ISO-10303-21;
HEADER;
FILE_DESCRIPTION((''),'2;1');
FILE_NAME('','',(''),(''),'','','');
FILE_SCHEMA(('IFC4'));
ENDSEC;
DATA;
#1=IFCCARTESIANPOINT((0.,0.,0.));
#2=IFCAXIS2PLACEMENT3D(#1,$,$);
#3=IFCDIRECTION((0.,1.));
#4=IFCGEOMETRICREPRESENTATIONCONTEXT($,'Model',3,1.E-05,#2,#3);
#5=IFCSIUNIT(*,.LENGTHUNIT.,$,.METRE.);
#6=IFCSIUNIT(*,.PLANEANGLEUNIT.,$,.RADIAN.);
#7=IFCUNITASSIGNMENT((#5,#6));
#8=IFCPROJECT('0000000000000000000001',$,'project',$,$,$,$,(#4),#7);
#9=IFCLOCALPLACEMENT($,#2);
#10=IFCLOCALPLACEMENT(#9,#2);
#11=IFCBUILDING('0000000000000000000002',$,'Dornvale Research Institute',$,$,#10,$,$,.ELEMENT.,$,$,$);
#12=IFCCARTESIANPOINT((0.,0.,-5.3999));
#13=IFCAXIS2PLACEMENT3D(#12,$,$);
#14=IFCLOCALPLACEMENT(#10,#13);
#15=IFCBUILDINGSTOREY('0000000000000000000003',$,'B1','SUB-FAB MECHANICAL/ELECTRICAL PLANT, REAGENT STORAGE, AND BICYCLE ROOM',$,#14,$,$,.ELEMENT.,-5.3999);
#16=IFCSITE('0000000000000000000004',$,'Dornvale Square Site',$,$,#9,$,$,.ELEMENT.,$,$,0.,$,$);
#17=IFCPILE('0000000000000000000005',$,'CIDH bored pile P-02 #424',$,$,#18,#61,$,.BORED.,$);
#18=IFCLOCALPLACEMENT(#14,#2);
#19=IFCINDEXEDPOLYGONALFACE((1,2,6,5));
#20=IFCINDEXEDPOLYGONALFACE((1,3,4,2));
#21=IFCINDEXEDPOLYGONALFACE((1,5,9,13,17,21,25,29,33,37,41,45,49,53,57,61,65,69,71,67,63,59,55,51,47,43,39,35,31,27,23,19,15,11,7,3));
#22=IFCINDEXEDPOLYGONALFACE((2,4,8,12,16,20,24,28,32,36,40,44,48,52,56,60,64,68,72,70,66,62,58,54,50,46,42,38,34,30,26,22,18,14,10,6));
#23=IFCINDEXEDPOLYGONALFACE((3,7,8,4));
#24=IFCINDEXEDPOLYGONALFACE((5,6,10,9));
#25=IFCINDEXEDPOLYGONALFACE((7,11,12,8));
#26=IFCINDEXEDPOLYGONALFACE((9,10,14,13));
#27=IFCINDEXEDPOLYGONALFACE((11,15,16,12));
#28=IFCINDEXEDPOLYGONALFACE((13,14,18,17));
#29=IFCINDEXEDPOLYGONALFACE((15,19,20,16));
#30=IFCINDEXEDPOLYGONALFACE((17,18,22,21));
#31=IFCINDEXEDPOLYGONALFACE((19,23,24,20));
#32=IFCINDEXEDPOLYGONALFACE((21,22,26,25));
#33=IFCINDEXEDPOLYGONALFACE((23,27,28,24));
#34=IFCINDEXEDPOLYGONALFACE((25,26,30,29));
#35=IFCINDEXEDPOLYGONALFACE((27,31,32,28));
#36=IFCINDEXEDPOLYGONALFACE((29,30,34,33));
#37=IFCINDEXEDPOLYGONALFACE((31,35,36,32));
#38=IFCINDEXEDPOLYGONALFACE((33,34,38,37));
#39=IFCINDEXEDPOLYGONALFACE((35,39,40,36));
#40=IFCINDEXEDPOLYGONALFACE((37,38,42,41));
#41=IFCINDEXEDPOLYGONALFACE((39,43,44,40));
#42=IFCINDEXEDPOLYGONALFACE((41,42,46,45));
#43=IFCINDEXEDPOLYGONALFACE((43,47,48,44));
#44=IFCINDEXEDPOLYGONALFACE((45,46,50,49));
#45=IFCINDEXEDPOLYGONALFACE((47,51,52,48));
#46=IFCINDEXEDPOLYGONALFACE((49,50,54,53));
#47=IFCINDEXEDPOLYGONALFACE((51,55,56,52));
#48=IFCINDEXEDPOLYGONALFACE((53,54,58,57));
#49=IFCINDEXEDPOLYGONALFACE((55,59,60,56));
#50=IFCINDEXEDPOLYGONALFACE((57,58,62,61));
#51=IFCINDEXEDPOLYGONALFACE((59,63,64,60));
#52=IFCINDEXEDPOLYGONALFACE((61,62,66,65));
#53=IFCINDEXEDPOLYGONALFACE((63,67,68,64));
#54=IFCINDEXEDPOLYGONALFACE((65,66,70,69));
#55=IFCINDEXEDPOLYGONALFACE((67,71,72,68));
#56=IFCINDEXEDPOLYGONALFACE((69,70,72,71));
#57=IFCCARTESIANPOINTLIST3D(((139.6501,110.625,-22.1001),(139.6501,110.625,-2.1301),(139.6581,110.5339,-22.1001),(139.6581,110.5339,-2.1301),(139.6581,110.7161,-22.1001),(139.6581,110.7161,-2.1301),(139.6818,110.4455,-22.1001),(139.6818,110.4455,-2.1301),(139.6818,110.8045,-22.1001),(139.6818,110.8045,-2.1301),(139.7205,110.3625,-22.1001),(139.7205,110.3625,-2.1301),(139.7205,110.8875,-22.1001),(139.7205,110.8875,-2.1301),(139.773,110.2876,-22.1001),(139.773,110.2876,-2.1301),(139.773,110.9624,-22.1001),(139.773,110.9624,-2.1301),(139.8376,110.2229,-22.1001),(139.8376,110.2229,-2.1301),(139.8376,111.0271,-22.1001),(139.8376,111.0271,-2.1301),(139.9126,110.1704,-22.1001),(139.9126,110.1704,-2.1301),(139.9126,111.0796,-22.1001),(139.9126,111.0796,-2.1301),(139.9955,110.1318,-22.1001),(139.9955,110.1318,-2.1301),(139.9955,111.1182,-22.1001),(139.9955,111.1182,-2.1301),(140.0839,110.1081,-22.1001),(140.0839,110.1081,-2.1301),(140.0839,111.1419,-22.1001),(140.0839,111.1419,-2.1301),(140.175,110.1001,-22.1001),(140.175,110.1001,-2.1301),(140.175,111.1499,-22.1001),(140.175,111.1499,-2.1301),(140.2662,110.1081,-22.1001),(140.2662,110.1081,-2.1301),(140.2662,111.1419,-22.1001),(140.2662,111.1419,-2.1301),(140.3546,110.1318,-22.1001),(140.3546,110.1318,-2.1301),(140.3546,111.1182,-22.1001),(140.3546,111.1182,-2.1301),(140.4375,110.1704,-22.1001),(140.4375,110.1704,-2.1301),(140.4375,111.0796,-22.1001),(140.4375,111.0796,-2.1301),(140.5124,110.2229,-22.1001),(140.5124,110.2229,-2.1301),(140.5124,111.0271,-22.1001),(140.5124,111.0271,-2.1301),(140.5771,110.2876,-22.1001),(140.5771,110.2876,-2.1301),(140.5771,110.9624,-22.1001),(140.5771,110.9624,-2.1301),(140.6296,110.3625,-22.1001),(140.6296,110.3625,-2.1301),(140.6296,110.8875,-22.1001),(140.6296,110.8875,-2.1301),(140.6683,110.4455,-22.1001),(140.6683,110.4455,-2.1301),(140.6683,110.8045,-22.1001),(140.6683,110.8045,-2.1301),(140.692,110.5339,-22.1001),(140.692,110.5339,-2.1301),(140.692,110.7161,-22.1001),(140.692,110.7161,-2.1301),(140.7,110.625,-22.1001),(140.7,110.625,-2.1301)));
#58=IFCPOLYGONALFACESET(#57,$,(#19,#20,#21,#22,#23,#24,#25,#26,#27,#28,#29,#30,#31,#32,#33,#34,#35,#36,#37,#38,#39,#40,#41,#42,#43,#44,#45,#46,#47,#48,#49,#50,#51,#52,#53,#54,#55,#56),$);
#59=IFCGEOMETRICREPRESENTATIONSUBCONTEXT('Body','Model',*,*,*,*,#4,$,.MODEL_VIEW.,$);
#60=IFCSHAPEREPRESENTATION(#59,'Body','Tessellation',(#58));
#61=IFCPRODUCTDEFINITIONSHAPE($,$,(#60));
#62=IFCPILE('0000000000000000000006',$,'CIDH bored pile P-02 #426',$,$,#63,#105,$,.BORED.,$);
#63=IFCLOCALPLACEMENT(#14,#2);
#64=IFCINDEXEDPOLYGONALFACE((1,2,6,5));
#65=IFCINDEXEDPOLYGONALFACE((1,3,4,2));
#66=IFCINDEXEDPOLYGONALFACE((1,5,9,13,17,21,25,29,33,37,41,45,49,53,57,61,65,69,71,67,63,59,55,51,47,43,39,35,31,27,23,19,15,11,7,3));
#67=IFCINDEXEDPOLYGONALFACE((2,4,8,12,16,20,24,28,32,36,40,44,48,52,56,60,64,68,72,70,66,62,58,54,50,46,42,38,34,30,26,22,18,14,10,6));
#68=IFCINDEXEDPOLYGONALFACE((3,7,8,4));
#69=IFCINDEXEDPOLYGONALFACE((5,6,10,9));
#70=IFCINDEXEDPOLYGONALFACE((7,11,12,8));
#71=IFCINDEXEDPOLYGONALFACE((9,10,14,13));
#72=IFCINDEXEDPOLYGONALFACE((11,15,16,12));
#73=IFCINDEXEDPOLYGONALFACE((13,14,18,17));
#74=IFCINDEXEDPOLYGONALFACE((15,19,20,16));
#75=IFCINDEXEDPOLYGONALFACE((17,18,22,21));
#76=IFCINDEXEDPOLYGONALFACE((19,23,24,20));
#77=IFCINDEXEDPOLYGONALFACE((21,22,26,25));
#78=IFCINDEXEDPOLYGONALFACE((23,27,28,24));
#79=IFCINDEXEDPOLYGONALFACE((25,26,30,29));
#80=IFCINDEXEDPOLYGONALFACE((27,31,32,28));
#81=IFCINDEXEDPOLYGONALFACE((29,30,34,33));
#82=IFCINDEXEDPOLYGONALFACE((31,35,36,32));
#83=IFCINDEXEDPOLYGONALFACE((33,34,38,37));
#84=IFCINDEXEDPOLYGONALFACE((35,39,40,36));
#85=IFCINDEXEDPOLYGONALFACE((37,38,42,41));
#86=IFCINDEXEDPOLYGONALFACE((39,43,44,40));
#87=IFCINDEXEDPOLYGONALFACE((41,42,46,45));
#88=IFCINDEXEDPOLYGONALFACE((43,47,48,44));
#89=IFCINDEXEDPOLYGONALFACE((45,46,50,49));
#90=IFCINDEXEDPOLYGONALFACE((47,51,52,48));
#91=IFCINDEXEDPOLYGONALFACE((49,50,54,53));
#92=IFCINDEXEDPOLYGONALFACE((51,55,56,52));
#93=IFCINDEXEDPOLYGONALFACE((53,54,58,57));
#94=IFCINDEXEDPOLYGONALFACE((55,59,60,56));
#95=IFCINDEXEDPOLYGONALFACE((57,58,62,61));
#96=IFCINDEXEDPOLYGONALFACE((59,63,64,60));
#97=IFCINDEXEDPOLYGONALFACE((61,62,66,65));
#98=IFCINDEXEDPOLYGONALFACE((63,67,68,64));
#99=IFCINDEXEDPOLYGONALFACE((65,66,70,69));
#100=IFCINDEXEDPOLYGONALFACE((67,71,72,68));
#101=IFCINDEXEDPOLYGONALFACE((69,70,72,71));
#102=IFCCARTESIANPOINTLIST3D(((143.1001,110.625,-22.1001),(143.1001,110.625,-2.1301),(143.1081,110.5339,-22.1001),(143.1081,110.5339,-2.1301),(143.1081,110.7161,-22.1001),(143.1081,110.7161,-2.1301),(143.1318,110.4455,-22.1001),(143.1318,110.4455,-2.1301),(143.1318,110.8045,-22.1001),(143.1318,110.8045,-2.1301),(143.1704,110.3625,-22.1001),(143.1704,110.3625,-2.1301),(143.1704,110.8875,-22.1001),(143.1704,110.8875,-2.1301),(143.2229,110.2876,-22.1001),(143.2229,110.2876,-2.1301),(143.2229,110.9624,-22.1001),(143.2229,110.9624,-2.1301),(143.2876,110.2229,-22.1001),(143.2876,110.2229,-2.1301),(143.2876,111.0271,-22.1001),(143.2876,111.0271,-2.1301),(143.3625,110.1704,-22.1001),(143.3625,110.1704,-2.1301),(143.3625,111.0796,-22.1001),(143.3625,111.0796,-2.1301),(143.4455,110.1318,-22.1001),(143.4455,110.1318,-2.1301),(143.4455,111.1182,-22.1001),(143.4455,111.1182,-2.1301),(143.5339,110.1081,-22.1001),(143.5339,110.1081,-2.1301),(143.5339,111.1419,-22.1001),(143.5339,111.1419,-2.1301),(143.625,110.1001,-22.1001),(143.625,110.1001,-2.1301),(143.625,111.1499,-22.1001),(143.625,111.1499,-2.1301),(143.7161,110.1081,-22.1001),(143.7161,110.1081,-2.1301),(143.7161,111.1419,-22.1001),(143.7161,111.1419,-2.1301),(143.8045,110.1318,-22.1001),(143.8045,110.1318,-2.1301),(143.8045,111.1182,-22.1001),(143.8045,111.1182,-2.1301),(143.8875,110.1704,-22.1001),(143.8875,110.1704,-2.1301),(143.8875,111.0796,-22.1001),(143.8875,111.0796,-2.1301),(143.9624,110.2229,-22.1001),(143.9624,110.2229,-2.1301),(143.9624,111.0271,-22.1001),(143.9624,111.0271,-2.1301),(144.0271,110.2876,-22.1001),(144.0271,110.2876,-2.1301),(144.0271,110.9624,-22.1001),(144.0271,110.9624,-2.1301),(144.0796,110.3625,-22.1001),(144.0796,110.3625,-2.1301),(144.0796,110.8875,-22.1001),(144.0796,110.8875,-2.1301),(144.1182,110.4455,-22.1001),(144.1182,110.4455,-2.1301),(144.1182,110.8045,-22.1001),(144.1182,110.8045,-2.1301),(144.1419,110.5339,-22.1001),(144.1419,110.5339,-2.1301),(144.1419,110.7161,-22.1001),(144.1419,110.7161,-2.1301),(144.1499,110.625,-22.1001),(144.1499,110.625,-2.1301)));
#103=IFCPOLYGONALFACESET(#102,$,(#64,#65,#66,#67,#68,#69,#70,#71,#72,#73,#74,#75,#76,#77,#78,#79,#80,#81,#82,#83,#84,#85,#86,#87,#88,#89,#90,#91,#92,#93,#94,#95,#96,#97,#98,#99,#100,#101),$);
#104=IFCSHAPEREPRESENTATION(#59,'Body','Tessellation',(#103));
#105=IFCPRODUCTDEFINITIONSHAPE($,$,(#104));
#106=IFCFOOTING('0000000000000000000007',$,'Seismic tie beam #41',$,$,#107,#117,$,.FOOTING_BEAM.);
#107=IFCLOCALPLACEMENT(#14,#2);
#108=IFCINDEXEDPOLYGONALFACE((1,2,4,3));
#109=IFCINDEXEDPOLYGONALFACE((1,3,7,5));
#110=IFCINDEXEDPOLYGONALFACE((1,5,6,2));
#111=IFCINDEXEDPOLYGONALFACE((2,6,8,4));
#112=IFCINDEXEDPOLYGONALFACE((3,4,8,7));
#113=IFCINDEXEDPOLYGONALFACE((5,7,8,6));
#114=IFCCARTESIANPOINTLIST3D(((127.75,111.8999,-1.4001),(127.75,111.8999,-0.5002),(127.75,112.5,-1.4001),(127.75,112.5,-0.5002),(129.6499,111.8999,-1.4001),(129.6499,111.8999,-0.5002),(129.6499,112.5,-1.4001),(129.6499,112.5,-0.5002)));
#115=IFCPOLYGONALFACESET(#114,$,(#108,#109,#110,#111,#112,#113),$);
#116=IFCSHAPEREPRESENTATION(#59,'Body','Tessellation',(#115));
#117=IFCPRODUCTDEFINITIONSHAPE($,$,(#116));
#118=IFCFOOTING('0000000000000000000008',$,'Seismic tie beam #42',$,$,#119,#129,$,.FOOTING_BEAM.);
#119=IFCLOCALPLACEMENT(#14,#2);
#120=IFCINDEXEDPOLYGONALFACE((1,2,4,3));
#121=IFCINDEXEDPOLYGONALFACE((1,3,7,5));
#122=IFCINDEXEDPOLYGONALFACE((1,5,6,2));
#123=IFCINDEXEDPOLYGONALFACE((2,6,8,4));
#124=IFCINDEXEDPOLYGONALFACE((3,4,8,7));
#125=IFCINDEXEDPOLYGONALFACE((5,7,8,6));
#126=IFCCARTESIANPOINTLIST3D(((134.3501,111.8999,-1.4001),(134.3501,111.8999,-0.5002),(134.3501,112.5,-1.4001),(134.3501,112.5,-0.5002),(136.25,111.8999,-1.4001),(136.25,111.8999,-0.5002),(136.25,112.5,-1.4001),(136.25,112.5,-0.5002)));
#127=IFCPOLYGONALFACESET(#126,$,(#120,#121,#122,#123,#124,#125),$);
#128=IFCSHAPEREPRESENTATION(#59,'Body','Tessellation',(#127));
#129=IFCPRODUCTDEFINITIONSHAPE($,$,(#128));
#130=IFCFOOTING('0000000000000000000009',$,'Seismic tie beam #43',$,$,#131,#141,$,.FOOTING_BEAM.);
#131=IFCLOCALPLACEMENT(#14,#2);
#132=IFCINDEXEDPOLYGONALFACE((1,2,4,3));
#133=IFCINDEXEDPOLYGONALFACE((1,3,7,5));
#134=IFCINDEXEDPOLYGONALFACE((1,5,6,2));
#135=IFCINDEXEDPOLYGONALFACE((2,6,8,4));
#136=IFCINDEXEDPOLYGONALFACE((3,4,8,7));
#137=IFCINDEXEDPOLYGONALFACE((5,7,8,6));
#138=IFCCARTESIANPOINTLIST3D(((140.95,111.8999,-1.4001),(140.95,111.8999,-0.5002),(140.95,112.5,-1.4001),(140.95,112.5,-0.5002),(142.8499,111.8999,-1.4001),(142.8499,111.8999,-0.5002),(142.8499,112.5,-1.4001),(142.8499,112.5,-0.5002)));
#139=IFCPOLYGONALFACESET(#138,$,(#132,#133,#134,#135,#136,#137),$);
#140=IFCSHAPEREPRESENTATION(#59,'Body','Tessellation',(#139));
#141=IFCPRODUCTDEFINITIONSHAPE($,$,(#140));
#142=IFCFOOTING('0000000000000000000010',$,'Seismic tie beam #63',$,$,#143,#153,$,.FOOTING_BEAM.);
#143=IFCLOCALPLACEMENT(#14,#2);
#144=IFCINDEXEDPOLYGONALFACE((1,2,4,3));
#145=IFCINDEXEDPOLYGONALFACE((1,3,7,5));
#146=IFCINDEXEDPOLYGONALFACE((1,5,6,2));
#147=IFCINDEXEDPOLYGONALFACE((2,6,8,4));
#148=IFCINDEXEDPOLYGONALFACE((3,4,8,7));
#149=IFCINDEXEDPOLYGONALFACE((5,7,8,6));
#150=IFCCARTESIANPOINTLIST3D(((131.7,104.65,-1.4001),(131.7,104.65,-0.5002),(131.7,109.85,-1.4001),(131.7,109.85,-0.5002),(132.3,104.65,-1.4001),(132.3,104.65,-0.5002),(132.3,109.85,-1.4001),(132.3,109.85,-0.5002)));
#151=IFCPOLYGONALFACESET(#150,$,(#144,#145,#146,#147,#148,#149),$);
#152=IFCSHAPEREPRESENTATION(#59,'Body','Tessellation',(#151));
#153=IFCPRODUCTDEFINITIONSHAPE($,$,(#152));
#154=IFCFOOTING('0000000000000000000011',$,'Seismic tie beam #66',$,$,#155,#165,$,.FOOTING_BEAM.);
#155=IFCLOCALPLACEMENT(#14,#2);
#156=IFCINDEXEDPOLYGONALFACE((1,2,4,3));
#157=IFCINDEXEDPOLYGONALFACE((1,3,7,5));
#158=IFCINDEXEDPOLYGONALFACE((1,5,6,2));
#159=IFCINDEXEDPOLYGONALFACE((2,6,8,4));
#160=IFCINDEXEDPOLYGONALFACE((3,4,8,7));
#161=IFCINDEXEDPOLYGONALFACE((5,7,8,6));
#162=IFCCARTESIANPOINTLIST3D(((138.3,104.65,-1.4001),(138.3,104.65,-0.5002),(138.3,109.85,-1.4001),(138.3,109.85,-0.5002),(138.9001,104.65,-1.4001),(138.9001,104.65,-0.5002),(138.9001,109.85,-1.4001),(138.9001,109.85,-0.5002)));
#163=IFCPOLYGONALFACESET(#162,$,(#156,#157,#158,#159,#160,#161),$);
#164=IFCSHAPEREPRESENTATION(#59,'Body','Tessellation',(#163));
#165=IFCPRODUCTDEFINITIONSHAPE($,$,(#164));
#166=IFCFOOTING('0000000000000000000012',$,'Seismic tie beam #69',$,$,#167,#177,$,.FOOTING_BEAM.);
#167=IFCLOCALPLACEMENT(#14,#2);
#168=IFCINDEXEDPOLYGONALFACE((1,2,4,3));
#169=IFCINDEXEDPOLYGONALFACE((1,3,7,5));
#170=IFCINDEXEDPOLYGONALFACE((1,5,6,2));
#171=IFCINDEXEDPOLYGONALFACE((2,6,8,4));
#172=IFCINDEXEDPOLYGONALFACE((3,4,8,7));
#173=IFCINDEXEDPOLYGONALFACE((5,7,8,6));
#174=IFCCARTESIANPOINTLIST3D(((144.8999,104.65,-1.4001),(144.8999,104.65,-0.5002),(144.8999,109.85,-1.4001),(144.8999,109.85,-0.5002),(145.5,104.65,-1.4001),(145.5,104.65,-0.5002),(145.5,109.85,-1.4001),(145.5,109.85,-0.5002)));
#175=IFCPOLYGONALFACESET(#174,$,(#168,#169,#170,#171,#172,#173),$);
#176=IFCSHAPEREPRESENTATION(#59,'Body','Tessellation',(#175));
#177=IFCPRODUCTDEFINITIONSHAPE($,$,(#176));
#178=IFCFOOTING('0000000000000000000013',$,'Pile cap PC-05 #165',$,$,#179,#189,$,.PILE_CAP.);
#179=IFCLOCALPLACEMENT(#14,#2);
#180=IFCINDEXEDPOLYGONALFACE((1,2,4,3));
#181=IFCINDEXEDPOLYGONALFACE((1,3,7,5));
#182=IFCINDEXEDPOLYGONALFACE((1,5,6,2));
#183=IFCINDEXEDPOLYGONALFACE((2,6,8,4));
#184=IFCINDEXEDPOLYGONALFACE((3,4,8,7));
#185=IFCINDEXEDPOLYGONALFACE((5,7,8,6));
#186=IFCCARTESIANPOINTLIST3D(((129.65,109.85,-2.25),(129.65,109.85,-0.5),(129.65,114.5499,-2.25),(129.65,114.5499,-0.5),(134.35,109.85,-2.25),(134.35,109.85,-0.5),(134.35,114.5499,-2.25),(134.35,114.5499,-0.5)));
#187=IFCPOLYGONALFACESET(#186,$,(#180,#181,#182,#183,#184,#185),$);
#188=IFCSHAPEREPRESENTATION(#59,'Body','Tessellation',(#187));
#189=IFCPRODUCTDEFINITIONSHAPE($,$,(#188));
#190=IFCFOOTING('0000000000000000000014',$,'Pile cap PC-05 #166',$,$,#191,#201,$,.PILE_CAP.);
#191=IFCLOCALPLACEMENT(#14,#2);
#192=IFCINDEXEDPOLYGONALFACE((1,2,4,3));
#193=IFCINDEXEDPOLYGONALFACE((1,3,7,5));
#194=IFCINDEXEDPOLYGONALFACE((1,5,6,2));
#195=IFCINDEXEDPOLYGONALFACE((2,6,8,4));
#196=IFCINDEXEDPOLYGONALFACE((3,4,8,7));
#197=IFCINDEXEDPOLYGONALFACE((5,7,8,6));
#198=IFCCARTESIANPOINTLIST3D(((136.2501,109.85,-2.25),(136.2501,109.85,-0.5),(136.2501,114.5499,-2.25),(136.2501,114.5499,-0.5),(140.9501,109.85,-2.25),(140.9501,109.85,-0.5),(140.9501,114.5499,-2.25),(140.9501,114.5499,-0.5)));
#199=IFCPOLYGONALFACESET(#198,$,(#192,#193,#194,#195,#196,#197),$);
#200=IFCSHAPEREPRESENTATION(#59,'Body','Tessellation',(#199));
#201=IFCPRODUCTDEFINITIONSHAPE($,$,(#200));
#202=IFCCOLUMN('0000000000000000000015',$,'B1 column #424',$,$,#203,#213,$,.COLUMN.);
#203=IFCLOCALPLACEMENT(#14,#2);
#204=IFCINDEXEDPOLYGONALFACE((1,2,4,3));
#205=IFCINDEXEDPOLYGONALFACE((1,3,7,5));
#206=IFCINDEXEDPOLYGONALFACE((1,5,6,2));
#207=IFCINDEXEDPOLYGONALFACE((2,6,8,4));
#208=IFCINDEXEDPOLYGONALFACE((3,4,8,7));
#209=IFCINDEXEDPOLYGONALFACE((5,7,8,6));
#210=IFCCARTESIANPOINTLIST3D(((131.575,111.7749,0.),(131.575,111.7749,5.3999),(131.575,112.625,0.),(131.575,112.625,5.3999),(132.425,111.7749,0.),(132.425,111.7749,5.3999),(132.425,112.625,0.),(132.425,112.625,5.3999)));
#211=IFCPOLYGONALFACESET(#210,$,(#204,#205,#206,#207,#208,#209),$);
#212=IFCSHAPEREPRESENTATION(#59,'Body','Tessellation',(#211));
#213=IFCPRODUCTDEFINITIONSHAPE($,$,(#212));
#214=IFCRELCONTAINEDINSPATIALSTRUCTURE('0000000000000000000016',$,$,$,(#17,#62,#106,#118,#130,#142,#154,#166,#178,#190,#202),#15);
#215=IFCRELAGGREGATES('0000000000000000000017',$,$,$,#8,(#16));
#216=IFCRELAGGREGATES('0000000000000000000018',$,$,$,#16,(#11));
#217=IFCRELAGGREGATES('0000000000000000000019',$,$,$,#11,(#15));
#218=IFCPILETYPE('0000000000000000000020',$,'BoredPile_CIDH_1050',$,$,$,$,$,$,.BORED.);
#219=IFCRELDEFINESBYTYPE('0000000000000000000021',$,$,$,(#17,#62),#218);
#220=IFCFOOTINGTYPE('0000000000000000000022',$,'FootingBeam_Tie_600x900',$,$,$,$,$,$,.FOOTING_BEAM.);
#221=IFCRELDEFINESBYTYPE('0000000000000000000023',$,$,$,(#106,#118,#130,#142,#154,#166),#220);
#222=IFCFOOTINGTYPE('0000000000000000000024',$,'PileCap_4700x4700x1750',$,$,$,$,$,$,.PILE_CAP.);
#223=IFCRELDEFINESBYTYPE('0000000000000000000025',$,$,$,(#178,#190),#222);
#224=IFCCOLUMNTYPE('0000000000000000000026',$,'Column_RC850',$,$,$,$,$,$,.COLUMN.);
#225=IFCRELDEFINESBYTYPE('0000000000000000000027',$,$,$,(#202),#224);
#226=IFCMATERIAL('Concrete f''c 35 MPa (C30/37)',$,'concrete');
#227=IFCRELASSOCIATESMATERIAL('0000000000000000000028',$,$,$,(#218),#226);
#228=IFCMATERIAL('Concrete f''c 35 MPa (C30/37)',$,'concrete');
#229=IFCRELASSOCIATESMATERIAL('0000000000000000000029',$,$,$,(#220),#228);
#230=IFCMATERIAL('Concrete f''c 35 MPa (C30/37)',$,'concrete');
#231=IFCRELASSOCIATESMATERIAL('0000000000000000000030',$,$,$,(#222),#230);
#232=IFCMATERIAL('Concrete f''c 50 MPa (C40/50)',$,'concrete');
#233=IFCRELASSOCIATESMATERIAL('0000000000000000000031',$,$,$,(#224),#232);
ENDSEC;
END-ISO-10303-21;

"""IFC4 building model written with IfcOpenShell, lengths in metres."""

from ifc_helpers import new_model, si_unit, direction, frame, origin, origin_2d, place, context, subcontext, project, spatial, rectangle, circle, extrude, material, material_profile, profile_set, type_object, element, save


model = new_model("IFC4")

# Units and contexts
model_context = context("Model", 3, precision=1e-05, world=origin(), true_north=direction((0.0, 1.0)))
body_context = subcontext(model_context, "Body", "Model", "MODEL_VIEW")
ifc_project = project(units=[si_unit("LENGTHUNIT", "METRE"), si_unit("PLANEANGLEUNIT", "RADIAN")], contexts=[model_context])

# Site, building, storey
site_placement = place(None, origin())
site = spatial("IfcSite", under=ifc_project, at=site_placement, Name="Dornvale Square Site", CompositionType="ELEMENT", RefElevation=0.0)
building_placement = place(site_placement, origin())
building = spatial("IfcBuilding", under=site, at=building_placement, Name="Dornvale Research Institute", CompositionType="ELEMENT")
storey_placement = place(building_placement, frame((0.0, 0.0, -5.3999)))
storey = spatial("IfcBuildingStorey", under=building, at=storey_placement, Name="B1", Description="SUB-FAB MECHANICAL/ELECTRICAL PLANT, REAGENT STORAGE, AND BICYCLE ROOM", CompositionType="ELEMENT", Elevation=-5.3999)

# Piles
ifc_material_1 = material(Name="Concrete f'c 35 MPa (C30/37)", Category="concrete")
ifc_material_profile_1 = material_profile(ifc_material_1, circle(Radius=0.5249, at=origin_2d()), Name="CIDH PILE D1050")
ifc_profile_set_1 = profile_set([ifc_material_profile_1], Name="Concrete f'c 35 MPa (C30/37)")
pile_type = type_object("IfcPileType", Name="BoredPile_CIDH_1050", PredefinedType="BORED", material=ifc_profile_set_1)
for number, where, z_axis, x_axis, name in (
    (1, (140.175, 110.625, -2.1301), (0.0, 0.0, -1.0), (1.0, 0.0, 0.0), "CIDH bored pile P-02 #424"),
    (2, (143.625, 110.625, -2.1301), (0.0, 0.0, -1.0), (1.0, 0.0, 0.0), "CIDH bored pile P-02 #426"),
):
    element("IfcPile", number, at=place(storey_placement, frame(where, z_axis=z_axis, x_axis=x_axis)), inside=storey, type_object=pile_type, Name=name, PredefinedType="BORED", context=body_context, shape_type="SweptSolid", body=[
        extrude(circle(Radius=0.5249, at=origin_2d()), origin(), (0.0, 0.0, 1.0), 19.97),
    ])

# Footings
ifc_material_2 = material(Name="Concrete f'c 35 MPa (C30/37)", Category="concrete")
footing_type_1 = type_object("IfcFootingType", Name="FootingBeam_Tie_600x900", PredefinedType="FOOTING_BEAM", material=ifc_material_2)
for number, where, z_axis, x_axis, name in (
    (3, (128.7, 112.2, -1.4001), (0.0, 0.0, 1.0), (1.0, 0.0, 0.0), "Seismic tie beam #41"),
    (4, (135.3, 112.2, -1.4001), (0.0, 0.0, 1.0), (1.0, 0.0, 0.0), "Seismic tie beam #42"),
    (5, (141.8999, 112.2, -1.4001), (0.0, 0.0, 1.0), (1.0, 0.0, 0.0), "Seismic tie beam #43"),
):
    element("IfcFooting", number, at=place(storey_placement, frame(where, z_axis=z_axis, x_axis=x_axis)), inside=storey, type_object=footing_type_1, Name=name, PredefinedType="FOOTING_BEAM", context=body_context, shape_type="SweptSolid", body=[
        extrude(rectangle(XDim=1.8999, YDim=0.6001, at=origin_2d()), origin(), (0.0, 0.0, 1.0), 0.8999),
    ])
for number, where, z_axis, x_axis, name in (
    (6, (132.0, 107.25, -1.4001), (0.0, 0.0, 1.0), (0.0, 1.0, 0.0), "Seismic tie beam #63"),
    (7, (138.6001, 107.25, -1.4001), (0.0, 0.0, 1.0), (0.0, 1.0, 0.0), "Seismic tie beam #66"),
    (8, (145.2, 107.25, -1.4001), (0.0, 0.0, 1.0), (0.0, 1.0, 0.0), "Seismic tie beam #69"),
):
    element("IfcFooting", number, at=place(storey_placement, frame(where, z_axis=z_axis, x_axis=x_axis)), inside=storey, type_object=footing_type_1, Name=name, PredefinedType="FOOTING_BEAM", context=body_context, shape_type="SweptSolid", body=[
        extrude(rectangle(XDim=5.2, YDim=0.6001, at=origin_2d()), origin(), (0.0, 0.0, 1.0), 0.8999),
    ])
ifc_material_3 = material(Name="Concrete f'c 35 MPa (C30/37)", Category="concrete")
footing_type_2 = type_object("IfcFootingType", Name="PileCap_4700x4700x1750", PredefinedType="PILE_CAP", material=ifc_material_3)
for number, where, z_axis, x_axis, name in (
    (9, (132.0, 112.2, -2.25), (0.0, 0.0, 1.0), (1.0, 0.0, 0.0), "Pile cap PC-05 #165"),
    (10, (138.6001, 112.2, -2.25), (0.0, 0.0, 1.0), (1.0, 0.0, 0.0), "Pile cap PC-05 #166"),
):
    element("IfcFooting", number, at=place(storey_placement, frame(where, z_axis=z_axis, x_axis=x_axis)), inside=storey, type_object=footing_type_2, Name=name, PredefinedType="PILE_CAP", context=body_context, shape_type="SweptSolid", body=[
        extrude(rectangle(XDim=4.7, YDim=4.7, at=origin_2d()), origin(), (0.0, 0.0, 1.0), 1.75),
    ])

# Column
ifc_material_4 = material(Name="Concrete f'c 50 MPa (C40/50)", Category="concrete")
ifc_material_profile_2 = material_profile(ifc_material_4, rectangle(XDim=0.8501, YDim=0.8501, at=origin_2d()), Name="RC 850x850")
ifc_profile_set_2 = profile_set([ifc_material_profile_2], Name="Concrete f'c 50 MPa (C40/50)")
column_type = type_object("IfcColumnType", Name="Column_RC850", PredefinedType="COLUMN", material=ifc_profile_set_2)
for number, where, z_axis, x_axis, name in (
    (11, (132.0, 112.2, 0.0), (0.0, 0.0, 1.0), (1.0, 0.0, 0.0), "B1 column #424"),
):
    element("IfcColumn", number, at=place(storey_placement, frame(where, z_axis=z_axis, x_axis=x_axis)), inside=storey, type_object=column_type, Name=name, PredefinedType="COLUMN", context=body_context, shape_type="SweptSolid", body=[
        extrude(rectangle(XDim=0.8501, YDim=0.8501, at=origin_2d()), origin(), (0.0, 0.0, 1.0), 5.3999),
    ])

save(model, "model.ifc")
